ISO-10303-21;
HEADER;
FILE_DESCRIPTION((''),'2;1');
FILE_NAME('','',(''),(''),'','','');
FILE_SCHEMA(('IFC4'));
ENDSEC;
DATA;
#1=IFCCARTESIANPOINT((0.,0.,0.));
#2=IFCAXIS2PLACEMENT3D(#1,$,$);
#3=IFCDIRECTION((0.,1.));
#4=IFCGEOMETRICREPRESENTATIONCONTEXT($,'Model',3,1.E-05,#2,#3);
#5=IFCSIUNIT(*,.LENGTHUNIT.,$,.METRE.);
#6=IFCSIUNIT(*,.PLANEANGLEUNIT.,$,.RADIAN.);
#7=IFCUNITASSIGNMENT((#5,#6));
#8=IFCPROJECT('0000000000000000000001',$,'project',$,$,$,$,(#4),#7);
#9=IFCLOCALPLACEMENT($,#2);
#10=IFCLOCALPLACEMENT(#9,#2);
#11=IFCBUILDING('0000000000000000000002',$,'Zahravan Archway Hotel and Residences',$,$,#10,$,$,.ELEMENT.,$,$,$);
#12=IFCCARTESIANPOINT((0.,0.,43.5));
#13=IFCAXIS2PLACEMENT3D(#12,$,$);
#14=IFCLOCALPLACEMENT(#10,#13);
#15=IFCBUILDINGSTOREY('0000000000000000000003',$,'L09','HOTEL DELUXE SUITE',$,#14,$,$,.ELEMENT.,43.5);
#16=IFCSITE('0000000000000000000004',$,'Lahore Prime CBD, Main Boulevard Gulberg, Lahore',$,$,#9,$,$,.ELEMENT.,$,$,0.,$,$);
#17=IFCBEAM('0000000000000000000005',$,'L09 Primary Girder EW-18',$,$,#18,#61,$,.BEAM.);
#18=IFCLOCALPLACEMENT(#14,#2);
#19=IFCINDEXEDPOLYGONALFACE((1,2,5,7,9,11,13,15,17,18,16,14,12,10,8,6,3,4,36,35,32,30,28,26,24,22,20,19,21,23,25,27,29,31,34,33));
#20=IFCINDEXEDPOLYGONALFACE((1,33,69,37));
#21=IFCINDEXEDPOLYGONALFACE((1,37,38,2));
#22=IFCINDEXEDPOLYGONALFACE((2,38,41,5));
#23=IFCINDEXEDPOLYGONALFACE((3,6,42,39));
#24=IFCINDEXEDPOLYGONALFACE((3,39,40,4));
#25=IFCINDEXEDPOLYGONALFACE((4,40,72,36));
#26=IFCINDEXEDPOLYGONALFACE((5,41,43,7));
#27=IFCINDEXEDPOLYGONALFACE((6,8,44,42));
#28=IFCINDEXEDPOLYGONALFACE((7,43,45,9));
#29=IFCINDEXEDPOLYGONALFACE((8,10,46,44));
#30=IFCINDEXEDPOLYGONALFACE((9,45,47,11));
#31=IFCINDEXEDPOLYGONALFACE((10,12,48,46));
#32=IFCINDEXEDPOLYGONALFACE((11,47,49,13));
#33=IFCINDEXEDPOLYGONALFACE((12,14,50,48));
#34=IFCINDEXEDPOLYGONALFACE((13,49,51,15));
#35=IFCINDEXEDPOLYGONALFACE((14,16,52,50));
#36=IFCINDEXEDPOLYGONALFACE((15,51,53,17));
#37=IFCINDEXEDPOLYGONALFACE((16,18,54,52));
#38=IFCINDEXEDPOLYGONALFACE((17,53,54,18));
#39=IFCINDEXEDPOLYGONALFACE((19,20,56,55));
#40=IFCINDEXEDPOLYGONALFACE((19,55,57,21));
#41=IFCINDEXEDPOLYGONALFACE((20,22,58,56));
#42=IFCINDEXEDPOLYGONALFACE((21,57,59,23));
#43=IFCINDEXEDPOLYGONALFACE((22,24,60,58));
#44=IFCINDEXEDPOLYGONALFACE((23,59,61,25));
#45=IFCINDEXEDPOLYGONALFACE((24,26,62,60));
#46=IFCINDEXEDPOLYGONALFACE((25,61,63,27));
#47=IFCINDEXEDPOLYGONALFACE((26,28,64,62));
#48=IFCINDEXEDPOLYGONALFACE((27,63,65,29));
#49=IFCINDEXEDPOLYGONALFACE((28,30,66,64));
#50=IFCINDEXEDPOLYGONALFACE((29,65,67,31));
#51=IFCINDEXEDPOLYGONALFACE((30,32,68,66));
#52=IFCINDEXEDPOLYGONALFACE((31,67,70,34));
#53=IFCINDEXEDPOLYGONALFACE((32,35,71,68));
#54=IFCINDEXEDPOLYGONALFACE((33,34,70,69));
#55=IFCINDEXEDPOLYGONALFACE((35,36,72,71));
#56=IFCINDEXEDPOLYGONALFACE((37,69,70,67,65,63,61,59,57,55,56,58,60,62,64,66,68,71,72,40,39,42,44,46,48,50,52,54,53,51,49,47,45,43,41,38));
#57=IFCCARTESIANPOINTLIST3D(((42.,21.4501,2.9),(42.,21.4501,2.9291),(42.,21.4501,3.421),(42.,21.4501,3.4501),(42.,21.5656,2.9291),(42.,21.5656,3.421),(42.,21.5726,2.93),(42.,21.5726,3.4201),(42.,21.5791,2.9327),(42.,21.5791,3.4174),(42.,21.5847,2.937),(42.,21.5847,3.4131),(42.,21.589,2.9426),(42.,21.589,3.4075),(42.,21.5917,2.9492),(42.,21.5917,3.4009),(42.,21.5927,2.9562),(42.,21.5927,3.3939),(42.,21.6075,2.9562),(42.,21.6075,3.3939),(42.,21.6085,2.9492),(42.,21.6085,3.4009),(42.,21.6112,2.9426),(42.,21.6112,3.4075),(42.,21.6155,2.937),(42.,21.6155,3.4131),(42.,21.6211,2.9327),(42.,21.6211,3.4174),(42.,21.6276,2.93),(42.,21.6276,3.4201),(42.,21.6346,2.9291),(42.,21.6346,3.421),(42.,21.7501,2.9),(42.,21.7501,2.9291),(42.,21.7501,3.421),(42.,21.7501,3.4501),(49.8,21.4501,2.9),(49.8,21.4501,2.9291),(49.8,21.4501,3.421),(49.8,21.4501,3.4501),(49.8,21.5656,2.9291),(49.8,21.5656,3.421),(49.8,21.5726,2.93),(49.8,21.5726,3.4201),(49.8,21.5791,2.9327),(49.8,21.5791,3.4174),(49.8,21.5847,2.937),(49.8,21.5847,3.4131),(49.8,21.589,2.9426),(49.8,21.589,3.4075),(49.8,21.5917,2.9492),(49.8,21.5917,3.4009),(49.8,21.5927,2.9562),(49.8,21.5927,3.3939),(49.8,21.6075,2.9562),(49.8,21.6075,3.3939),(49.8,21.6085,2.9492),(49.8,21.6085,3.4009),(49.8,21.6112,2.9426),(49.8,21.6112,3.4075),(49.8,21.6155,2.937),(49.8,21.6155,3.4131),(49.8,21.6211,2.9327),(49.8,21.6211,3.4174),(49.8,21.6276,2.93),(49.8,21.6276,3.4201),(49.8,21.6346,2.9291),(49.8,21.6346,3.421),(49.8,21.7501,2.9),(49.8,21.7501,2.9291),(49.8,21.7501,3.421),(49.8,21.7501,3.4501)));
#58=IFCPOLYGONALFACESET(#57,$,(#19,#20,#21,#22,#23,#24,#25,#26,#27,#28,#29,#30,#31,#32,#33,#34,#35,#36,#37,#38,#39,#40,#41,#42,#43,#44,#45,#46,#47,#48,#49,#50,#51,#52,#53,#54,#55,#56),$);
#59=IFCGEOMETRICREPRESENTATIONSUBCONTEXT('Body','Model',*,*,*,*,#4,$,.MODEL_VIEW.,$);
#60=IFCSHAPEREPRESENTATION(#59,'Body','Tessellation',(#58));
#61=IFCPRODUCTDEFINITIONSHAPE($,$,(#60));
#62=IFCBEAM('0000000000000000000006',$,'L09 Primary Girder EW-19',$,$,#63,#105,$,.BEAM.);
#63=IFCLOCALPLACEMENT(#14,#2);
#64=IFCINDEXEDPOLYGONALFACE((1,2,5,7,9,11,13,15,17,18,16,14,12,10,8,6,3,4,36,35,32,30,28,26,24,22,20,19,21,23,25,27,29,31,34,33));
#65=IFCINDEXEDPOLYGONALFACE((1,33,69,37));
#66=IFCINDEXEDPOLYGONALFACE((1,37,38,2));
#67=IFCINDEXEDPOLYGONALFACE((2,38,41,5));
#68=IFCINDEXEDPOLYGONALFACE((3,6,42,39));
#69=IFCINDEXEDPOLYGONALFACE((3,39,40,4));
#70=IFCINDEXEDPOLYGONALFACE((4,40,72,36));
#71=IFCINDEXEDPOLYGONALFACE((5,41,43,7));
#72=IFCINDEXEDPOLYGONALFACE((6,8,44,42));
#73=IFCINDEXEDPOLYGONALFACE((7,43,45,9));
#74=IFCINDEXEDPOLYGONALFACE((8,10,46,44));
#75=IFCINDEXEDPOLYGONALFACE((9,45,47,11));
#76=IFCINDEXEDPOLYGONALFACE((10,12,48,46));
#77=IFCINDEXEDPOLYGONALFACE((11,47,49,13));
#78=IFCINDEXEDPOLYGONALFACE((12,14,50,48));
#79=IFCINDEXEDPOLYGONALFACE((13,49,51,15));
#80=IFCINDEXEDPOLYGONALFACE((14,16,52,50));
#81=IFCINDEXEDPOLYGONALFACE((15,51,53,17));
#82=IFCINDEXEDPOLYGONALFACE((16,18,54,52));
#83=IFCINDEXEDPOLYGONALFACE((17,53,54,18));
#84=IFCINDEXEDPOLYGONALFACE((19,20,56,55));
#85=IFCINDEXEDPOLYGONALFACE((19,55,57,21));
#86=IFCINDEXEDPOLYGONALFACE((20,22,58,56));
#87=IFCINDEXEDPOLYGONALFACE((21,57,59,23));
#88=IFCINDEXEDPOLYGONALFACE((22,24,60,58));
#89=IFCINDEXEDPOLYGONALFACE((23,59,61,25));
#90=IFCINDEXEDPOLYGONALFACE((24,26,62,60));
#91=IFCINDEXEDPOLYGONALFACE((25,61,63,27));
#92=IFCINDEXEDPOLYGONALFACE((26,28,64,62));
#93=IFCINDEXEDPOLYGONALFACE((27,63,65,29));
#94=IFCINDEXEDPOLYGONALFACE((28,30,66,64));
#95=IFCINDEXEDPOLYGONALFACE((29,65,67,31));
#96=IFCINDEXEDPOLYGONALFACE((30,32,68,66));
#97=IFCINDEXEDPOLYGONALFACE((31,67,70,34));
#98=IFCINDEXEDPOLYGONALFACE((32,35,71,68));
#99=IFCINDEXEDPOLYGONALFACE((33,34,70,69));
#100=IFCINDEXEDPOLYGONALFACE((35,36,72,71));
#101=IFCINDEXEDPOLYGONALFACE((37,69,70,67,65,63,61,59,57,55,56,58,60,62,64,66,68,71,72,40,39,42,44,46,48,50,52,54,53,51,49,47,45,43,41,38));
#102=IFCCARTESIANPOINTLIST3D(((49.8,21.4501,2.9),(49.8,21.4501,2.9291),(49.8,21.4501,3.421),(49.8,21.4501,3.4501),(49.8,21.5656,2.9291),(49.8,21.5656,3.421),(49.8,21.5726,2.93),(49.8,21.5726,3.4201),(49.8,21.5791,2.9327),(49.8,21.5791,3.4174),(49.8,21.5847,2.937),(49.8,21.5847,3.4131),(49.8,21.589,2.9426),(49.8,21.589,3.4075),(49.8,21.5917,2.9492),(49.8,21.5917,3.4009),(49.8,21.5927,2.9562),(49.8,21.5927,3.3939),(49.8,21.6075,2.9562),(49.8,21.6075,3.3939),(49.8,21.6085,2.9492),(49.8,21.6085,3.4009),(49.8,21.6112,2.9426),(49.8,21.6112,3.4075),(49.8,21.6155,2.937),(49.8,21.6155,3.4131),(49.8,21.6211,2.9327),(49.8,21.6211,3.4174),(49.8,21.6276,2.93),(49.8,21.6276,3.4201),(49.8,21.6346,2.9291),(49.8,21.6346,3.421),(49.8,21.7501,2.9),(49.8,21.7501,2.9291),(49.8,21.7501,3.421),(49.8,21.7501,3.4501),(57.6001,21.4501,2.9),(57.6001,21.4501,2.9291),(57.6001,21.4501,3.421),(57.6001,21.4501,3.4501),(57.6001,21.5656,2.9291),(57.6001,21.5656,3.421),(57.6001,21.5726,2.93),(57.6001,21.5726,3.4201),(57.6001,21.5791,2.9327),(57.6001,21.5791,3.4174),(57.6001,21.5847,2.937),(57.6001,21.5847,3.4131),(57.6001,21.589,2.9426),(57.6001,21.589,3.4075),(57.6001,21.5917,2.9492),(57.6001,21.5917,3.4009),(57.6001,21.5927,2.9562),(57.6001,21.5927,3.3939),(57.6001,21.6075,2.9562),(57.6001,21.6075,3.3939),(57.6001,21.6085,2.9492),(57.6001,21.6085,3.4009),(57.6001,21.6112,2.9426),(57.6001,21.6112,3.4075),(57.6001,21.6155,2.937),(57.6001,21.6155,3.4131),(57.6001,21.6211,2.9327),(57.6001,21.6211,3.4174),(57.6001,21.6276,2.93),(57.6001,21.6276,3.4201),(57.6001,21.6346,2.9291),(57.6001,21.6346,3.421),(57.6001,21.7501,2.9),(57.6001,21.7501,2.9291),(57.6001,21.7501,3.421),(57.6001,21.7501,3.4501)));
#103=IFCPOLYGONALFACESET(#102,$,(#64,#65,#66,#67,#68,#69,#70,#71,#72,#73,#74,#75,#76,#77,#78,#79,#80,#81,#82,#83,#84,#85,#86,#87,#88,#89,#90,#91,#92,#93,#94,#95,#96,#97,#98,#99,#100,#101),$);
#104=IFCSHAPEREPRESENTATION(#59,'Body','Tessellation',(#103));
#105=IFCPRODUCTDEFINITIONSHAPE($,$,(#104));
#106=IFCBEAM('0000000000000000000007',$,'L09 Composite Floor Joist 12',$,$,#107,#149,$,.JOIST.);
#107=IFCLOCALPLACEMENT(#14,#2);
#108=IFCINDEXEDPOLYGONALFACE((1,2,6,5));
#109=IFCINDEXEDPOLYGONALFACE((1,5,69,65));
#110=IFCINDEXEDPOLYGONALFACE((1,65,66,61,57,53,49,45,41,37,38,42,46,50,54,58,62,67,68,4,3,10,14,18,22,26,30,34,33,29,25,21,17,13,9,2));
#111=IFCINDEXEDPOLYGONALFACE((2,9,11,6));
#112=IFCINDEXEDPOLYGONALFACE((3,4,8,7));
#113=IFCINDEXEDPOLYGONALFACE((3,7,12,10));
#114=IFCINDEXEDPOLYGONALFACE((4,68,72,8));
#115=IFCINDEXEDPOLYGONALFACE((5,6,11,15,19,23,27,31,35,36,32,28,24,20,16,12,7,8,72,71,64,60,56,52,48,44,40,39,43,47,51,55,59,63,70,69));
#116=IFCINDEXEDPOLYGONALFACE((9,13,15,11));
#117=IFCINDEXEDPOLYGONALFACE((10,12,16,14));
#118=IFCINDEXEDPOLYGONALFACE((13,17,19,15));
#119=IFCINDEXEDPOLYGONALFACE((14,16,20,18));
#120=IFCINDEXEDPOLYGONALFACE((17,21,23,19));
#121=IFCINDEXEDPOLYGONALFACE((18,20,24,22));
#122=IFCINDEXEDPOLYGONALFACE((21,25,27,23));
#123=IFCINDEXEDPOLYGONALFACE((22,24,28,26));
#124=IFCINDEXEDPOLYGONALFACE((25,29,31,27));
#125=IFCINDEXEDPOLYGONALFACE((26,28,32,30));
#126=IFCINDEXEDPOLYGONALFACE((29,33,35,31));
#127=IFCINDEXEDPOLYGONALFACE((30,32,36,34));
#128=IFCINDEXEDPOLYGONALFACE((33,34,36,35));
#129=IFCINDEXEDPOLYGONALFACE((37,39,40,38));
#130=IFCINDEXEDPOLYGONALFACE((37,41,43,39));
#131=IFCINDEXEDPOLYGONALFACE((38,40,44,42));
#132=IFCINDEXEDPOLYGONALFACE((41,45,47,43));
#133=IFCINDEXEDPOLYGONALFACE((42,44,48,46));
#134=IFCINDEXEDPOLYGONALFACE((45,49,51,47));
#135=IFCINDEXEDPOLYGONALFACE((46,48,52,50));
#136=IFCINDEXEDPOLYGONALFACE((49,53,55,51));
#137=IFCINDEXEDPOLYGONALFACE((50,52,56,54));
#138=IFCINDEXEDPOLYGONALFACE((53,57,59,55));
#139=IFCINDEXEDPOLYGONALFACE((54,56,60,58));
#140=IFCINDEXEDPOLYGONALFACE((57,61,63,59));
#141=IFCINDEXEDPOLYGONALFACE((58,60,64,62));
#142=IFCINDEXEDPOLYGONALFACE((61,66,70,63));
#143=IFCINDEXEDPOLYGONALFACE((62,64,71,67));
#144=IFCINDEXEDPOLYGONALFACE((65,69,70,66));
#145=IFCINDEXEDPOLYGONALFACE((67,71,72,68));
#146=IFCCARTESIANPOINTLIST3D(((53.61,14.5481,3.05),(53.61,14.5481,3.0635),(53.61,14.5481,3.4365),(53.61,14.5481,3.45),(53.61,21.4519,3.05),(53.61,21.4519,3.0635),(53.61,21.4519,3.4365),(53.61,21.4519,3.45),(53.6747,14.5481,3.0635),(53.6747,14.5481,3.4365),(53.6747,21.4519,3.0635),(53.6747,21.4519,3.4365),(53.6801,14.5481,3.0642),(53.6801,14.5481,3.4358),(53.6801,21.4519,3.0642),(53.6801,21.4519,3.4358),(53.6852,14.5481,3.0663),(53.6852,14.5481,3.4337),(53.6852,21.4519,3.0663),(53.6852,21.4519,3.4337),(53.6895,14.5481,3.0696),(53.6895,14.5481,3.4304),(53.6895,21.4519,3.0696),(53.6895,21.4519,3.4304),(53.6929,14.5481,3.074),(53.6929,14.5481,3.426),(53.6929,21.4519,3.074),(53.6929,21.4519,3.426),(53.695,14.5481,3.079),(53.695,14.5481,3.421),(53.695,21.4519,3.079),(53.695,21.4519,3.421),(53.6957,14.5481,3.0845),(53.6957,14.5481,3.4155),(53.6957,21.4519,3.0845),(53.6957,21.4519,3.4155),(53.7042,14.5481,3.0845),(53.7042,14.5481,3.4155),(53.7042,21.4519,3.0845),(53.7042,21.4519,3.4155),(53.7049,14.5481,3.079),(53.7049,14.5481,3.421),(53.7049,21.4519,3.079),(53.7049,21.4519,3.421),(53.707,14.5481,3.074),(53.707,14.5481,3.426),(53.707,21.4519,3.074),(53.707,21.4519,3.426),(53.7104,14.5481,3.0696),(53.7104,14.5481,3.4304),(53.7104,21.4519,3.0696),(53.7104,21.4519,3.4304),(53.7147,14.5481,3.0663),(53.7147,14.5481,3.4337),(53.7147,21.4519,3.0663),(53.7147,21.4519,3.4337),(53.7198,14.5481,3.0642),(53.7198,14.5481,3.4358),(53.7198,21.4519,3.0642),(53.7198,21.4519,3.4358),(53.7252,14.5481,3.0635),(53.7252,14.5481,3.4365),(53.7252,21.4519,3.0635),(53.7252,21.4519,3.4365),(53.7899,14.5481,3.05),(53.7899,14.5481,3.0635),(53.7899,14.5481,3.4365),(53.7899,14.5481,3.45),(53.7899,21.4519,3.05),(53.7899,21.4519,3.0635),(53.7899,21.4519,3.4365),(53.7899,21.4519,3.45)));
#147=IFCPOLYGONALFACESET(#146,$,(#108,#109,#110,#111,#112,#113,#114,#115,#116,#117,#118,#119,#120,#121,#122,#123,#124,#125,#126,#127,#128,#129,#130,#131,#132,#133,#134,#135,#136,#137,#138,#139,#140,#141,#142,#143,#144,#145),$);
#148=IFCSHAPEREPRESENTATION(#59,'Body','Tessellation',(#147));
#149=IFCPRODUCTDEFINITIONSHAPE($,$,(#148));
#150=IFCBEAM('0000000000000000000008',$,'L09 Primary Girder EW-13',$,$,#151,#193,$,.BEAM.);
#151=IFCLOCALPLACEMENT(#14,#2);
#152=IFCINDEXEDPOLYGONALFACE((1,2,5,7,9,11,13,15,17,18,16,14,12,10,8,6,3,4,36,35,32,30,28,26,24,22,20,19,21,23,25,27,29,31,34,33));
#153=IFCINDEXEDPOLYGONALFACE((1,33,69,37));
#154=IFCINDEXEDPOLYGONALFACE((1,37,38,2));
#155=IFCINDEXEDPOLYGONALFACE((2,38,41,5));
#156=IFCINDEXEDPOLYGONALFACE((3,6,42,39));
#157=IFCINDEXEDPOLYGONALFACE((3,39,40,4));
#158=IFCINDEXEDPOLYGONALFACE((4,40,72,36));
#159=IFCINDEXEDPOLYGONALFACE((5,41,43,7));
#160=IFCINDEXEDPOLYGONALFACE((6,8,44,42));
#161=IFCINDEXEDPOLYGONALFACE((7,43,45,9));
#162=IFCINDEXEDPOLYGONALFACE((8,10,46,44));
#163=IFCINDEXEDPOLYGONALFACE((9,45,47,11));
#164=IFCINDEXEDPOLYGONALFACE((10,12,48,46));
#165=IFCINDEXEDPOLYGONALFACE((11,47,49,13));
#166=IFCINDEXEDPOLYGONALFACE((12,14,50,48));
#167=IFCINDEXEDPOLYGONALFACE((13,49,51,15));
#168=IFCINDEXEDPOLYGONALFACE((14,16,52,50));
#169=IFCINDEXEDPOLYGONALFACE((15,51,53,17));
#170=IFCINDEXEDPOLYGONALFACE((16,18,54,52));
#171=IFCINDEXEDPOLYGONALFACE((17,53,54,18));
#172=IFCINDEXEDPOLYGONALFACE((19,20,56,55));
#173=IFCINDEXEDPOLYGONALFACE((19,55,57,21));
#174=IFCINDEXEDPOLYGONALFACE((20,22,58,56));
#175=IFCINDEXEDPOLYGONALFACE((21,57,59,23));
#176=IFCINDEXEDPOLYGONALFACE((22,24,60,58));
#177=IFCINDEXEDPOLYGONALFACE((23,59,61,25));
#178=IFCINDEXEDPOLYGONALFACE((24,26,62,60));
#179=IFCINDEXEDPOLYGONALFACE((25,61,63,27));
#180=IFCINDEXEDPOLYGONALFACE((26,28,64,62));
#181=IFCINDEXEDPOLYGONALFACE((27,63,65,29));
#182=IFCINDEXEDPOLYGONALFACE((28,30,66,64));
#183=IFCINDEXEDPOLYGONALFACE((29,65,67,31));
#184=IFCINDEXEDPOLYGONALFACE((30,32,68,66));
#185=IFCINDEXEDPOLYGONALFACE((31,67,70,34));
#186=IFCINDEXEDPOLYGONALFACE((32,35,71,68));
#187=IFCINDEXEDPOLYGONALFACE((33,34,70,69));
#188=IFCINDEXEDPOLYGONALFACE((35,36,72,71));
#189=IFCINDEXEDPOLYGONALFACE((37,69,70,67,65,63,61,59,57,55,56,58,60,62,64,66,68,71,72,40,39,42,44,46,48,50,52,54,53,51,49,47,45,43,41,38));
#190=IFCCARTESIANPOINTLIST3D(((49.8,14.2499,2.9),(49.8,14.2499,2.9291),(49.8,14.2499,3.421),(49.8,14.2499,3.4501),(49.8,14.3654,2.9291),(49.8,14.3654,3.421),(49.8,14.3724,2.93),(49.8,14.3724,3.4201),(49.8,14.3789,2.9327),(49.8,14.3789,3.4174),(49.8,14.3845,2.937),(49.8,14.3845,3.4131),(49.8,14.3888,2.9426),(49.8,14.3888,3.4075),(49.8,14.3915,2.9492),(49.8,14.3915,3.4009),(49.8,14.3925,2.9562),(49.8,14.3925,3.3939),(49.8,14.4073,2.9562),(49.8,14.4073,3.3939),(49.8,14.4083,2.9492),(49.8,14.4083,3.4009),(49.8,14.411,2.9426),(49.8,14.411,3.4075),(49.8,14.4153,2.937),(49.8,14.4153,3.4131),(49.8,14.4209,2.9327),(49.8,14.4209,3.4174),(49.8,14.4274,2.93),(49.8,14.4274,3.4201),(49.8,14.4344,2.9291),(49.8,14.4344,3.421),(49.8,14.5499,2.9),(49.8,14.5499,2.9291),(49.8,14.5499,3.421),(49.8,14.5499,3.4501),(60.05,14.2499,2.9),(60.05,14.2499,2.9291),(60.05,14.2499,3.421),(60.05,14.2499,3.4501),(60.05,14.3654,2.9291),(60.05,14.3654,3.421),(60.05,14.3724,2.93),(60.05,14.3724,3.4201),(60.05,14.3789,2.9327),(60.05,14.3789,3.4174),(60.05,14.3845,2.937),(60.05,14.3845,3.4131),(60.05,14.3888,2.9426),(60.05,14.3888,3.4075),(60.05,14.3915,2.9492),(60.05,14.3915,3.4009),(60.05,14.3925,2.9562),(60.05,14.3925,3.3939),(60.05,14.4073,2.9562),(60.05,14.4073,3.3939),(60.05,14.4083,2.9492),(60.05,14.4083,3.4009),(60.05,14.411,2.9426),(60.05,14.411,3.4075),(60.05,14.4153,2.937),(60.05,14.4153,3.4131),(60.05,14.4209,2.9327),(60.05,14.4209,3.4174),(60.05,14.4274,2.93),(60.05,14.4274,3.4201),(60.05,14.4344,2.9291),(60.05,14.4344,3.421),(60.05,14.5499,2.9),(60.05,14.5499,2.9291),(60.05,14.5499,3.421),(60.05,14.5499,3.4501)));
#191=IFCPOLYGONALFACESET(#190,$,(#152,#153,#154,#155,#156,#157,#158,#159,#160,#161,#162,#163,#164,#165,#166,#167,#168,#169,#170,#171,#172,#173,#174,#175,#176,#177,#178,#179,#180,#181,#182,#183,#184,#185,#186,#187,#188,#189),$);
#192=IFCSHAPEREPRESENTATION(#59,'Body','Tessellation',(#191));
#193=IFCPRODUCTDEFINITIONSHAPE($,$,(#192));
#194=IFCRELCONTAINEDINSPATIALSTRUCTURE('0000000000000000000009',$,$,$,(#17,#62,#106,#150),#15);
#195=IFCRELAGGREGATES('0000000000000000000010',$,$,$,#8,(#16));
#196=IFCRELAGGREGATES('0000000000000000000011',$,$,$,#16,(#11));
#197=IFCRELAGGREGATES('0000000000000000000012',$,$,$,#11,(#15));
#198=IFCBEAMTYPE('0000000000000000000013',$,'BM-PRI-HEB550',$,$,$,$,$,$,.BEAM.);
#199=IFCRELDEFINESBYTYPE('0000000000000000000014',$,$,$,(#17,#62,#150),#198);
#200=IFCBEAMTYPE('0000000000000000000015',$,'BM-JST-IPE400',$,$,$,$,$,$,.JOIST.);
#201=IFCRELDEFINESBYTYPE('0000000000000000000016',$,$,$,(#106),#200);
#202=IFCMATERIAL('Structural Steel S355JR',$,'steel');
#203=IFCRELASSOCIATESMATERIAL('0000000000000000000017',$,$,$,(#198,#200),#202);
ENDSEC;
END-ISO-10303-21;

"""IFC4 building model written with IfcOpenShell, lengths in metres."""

from ifc_helpers import new_model, si_unit, direction, frame, origin, origin_2d, place, context, subcontext, project, spatial, i_section, extrude, source, transform, mapped, material, material_profile, profile_set, type_object, element, save


model = new_model("IFC4")

# Units and contexts
model_context = context("Model", 3, precision=1e-05, world=origin(), true_north=direction((0.0, 1.0)))
body_context = subcontext(model_context, "Body", "Model", "MODEL_VIEW")
ifc_project = project(units=[si_unit("LENGTHUNIT", "METRE"), si_unit("PLANEANGLEUNIT", "RADIAN")], contexts=[model_context])

# Site, building, storey
site_placement = place(None, origin())
site = spatial("IfcSite", under=ifc_project, at=site_placement, Name="Lahore Prime CBD, Main Boulevard Gulberg, Lahore", CompositionType="ELEMENT", RefElevation=0.0)
building_placement = place(site_placement, origin())
building = spatial("IfcBuilding", under=site, at=building_placement, Name="Zahravan Archway Hotel and Residences", CompositionType="ELEMENT")
storey_placement = place(building_placement, frame((0.0, 0.0, 43.5)))
storey = spatial("IfcBuildingStorey", under=building, at=storey_placement, Name="L09", Description="HOTEL DELUXE SUITE", CompositionType="ELEMENT", Elevation=43.5)

# Beams
ifc_material_1 = material(Name="Structural Steel S355JR", Category="steel")
ifc_material_profile_1 = material_profile(ifc_material_1, i_section(OverallWidth=0.3, OverallDepth=0.55, WebThickness=0.0149, FlangeThickness=0.0291, FilletRadius=0.0271, at=origin_2d()), Name="HEB 550", Category="steel")
ifc_profile_set_1 = profile_set([ifc_material_profile_1], Name="Structural Steel S355JR")
beam_type_1 = type_object("IfcBeamType", Name="BM-PRI-HEB550", PredefinedType="BEAM", material=ifc_profile_set_1)
shared_shape_1 = source(origin(), body_context, "Body", "SweptSolid", [
    extrude(i_section(OverallWidth=0.3, OverallDepth=0.55, WebThickness=0.0149, FlangeThickness=0.0291, FilletRadius=0.0271, at=origin_2d()), origin(), (0.0, 0.0, 1.0), 7.8),
])
for number, where, z_axis, x_axis, name in (
    (1, (42.0, 21.6001, 3.175), (1.0, 0.0, 0.0), (0.0, 1.0, 0.0), "L09 Primary Girder EW-18"),
    (2, (49.8, 21.6001, 3.175), (1.0, 0.0, 0.0), (0.0, 1.0, 0.0), "L09 Primary Girder EW-19"),
):
    element("IfcBeam", number, at=place(storey_placement, frame(where, z_axis=z_axis, x_axis=x_axis)), inside=storey, type_object=beam_type_1, Name=name, PredefinedType="BEAM", context=body_context, shape_type="MappedRepresentation", body=[
        mapped(shared_shape_1, transform((0.0, 0.0, 0.0), scale=1.0)),
    ])
ifc_material_profile_2 = material_profile(ifc_material_1, i_section(OverallWidth=0.1799, OverallDepth=0.3999, WebThickness=0.0085, FlangeThickness=0.0134, FilletRadius=0.021, at=origin_2d()), Name="IPE 400", Category="steel")
ifc_profile_set_2 = profile_set([ifc_material_profile_2], Name="Structural Steel S355JR")
beam_type_2 = type_object("IfcBeamType", Name="BM-JST-IPE400", PredefinedType="JOIST", material=ifc_profile_set_2)
shared_shape_2 = source(origin(), body_context, "Body", "SweptSolid", [
    extrude(i_section(OverallWidth=0.1799, OverallDepth=0.3999, WebThickness=0.0085, FlangeThickness=0.0134, FilletRadius=0.021, at=origin_2d()), origin(), (0.0, 0.0, 1.0), 6.9038),
])
beam_1_placement = place(storey_placement, frame((53.7, 14.5481, 3.25), z_axis=(0.0, 1.0, 0.0), x_axis=(-1.0, 0.0, 0.0)))
element("IfcBeam", 3, at=beam_1_placement, inside=storey, type_object=beam_type_2, Name="L09 Composite Floor Joist 12", PredefinedType="JOIST", context=body_context, shape_type="MappedRepresentation", body=[
    mapped(shared_shape_2, transform((0.0, 0.0, 0.0), scale=1.0)),
])
shared_shape_3 = source(origin(), body_context, "Body", "SweptSolid", [
    extrude(i_section(OverallWidth=0.3, OverallDepth=0.55, WebThickness=0.0149, FlangeThickness=0.0291, FilletRadius=0.0271, at=origin_2d()), origin(), (0.0, 0.0, 1.0), 10.25),
])
beam_2_placement = place(storey_placement, frame((49.8, 14.3999, 3.175), z_axis=(1.0, 0.0, 0.0), x_axis=(0.0, 1.0, 0.0)))
element("IfcBeam", 4, at=beam_2_placement, inside=storey, type_object=beam_type_1, Name="L09 Primary Girder EW-13", PredefinedType="BEAM", context=body_context, shape_type="MappedRepresentation", body=[
    mapped(shared_shape_3, transform((0.0, 0.0, 0.0), scale=1.0)),
])

save(model, "model.ifc")
